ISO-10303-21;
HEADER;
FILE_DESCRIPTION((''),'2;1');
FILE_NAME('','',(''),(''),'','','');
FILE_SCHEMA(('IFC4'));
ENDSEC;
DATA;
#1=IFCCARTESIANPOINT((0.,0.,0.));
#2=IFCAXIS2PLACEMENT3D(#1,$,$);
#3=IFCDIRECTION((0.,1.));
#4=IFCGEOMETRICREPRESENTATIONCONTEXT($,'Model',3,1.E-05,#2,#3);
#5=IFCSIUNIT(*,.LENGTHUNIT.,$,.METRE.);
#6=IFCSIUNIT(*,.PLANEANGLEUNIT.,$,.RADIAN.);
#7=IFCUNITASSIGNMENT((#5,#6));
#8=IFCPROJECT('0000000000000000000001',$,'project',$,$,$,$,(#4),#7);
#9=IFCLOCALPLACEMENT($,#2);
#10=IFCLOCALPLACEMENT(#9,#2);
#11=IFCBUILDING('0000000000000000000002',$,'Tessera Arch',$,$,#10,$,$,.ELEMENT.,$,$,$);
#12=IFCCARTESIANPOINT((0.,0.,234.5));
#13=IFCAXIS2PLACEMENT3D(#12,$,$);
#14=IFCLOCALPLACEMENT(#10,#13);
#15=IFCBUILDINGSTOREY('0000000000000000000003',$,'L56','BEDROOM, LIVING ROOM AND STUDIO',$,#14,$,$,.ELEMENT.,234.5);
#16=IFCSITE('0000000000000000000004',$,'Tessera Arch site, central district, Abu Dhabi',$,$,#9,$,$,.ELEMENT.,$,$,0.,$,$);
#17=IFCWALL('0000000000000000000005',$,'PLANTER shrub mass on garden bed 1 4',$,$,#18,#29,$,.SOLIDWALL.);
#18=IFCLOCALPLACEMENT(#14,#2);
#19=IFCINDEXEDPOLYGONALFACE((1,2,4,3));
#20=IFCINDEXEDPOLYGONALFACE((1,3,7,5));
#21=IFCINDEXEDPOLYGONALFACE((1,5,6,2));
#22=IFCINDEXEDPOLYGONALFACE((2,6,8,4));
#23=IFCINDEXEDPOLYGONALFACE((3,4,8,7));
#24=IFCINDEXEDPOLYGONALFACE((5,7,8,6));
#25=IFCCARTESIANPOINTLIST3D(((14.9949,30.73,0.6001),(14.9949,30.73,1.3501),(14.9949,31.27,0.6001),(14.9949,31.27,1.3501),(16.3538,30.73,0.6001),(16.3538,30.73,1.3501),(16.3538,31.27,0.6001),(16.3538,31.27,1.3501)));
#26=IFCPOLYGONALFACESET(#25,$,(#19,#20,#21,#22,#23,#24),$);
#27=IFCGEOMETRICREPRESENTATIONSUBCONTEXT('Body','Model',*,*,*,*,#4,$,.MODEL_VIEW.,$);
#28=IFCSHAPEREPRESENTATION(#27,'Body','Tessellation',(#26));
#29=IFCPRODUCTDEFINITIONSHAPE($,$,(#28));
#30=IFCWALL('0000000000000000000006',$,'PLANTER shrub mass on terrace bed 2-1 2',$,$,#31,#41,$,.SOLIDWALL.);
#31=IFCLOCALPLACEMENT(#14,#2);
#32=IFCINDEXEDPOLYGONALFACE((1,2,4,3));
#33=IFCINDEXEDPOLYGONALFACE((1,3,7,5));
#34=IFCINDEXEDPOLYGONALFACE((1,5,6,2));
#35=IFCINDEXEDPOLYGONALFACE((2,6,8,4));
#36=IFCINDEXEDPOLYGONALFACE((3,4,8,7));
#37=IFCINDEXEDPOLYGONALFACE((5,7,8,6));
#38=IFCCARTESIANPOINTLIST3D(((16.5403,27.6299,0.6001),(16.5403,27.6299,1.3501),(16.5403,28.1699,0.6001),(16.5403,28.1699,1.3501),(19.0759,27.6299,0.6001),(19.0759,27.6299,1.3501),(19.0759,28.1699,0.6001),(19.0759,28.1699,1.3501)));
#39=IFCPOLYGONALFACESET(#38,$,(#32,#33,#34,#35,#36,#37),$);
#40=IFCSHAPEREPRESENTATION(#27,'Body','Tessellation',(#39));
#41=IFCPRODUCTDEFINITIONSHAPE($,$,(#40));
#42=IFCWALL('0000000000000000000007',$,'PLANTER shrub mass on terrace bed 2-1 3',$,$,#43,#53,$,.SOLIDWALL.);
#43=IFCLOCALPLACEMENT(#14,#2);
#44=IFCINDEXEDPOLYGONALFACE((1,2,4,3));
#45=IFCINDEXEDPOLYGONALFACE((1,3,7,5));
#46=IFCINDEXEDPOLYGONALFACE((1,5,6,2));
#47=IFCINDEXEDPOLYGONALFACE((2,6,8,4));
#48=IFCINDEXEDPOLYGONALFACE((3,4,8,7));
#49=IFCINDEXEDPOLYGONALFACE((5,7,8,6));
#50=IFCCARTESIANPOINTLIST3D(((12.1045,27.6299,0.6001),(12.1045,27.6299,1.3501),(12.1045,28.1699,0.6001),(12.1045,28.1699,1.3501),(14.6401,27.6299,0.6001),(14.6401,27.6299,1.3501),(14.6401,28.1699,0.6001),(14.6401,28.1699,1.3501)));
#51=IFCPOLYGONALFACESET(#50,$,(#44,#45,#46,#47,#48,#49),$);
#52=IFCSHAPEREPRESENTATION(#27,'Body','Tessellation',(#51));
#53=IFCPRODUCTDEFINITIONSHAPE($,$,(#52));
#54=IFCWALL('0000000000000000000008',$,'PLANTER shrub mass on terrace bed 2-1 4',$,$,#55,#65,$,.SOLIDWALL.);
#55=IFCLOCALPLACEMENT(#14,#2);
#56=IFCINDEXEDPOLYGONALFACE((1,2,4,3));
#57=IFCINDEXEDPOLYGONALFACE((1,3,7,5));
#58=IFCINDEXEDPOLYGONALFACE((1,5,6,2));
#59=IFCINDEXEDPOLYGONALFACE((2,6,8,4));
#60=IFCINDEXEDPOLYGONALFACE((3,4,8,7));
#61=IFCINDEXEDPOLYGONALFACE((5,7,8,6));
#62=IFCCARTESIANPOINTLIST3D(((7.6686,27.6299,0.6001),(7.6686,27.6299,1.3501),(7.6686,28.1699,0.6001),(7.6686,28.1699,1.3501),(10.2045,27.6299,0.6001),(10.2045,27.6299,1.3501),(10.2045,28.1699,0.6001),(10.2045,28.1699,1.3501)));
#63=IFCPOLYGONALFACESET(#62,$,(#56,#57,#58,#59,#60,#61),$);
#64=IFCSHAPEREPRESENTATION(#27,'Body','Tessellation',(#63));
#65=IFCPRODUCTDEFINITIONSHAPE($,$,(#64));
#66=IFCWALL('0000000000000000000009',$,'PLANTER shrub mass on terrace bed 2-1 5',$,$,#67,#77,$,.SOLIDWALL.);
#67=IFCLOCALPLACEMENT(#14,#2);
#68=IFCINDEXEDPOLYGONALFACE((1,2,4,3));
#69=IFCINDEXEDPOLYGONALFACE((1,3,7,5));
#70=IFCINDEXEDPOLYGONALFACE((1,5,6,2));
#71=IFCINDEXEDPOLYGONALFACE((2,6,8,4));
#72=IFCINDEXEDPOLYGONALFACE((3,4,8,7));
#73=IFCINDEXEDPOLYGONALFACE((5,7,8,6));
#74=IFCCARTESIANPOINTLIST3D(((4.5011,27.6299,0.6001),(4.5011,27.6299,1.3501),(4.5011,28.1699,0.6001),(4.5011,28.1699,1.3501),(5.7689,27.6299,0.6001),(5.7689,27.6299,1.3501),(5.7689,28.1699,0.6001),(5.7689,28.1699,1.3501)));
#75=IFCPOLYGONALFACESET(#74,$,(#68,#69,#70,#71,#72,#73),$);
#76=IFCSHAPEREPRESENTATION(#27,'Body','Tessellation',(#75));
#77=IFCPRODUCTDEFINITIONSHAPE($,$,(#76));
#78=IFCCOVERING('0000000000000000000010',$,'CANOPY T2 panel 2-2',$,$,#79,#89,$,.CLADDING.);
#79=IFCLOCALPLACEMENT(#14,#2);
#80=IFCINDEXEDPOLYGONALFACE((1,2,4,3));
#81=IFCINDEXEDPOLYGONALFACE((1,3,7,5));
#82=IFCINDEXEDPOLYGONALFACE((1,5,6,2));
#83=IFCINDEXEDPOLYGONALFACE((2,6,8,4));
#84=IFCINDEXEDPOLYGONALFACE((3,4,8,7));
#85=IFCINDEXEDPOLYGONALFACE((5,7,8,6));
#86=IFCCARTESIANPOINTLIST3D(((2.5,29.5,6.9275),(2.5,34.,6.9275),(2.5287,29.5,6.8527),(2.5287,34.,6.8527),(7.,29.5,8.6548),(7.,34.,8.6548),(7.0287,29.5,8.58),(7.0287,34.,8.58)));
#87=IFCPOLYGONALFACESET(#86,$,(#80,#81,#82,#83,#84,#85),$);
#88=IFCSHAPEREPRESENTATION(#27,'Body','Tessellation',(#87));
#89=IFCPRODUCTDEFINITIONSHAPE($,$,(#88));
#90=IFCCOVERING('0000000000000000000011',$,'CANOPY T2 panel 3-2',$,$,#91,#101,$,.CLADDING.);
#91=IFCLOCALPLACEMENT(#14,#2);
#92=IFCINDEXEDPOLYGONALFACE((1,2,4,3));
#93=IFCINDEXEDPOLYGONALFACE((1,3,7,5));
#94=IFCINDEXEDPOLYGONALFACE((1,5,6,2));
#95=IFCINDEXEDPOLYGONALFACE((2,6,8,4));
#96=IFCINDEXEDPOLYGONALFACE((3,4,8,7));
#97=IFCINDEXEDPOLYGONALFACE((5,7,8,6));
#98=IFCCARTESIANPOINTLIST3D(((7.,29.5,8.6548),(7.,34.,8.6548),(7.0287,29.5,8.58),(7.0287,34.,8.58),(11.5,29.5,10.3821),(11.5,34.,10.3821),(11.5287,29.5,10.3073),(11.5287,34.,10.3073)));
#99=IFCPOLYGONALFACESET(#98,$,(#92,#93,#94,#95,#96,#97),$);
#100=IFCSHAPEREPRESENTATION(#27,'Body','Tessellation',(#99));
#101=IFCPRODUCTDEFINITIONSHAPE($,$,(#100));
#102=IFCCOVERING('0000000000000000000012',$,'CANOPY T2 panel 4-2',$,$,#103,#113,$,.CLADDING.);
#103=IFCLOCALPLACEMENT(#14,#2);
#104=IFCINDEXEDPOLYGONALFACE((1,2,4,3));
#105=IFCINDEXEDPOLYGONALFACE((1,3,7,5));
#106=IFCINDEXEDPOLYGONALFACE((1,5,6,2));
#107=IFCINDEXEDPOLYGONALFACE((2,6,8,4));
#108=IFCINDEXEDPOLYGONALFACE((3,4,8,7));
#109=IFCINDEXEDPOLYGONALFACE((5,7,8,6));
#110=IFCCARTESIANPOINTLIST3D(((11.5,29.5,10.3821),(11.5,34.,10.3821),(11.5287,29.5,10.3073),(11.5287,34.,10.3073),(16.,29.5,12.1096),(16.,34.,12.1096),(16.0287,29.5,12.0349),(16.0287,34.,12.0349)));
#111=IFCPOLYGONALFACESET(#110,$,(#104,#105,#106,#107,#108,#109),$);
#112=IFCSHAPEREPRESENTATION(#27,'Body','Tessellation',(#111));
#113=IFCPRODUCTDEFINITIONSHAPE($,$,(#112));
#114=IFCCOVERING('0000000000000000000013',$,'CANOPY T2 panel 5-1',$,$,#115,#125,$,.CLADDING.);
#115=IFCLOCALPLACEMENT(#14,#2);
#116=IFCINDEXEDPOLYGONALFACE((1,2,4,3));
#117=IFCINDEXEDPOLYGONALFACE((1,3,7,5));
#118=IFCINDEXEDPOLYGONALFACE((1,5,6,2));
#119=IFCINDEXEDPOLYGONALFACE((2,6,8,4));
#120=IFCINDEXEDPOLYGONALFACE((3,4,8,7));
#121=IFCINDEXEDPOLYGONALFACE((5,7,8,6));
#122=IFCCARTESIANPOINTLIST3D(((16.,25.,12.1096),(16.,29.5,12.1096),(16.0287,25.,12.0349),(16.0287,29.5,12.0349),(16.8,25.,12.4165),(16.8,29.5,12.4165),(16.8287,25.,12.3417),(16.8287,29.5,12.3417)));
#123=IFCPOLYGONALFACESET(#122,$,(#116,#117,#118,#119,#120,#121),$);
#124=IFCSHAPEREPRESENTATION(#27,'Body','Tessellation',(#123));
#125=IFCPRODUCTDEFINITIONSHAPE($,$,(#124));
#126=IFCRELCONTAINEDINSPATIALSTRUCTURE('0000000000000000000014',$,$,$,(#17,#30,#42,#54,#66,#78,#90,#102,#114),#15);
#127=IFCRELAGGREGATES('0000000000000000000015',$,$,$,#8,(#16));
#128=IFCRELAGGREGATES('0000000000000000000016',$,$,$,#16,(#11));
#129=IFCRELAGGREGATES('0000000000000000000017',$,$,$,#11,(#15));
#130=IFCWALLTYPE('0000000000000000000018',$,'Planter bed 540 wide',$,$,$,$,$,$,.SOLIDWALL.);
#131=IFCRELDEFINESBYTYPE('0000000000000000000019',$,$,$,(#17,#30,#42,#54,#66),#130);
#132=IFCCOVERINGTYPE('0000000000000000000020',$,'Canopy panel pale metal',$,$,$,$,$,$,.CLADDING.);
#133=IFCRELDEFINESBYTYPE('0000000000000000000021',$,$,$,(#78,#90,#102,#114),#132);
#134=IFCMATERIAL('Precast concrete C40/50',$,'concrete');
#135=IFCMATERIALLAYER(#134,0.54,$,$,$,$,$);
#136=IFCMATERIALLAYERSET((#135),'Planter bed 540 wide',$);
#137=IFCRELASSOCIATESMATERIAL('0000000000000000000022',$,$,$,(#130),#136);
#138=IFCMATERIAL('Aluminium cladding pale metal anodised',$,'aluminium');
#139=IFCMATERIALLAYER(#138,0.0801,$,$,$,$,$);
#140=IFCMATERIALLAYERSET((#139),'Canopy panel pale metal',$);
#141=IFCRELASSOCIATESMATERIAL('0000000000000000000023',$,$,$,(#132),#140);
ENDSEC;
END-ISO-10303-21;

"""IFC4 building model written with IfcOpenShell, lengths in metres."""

from ifc_helpers import new_model, si_unit, direction, frame, frame_2d, origin, place, context, subcontext, project, spatial, polyline, rectangle, outline, extrude, material, layer, layer_set, type_object, element, save


model = new_model("IFC4")

# Units and contexts
model_context = context("Model", 3, precision=1e-05, world=origin(), true_north=direction((0.0, 1.0)))
body_context = subcontext(model_context, "Body", "Model", "MODEL_VIEW")
ifc_project = project(units=[si_unit("LENGTHUNIT", "METRE"), si_unit("PLANEANGLEUNIT", "RADIAN")], contexts=[model_context])

# Site, building, storey
site_placement = place(None, origin())
site = spatial("IfcSite", under=ifc_project, at=site_placement, Name="Tessera Arch site, central district, Abu Dhabi", CompositionType="ELEMENT", RefElevation=0.0)
building_placement = place(site_placement, origin())
building = spatial("IfcBuilding", under=site, at=building_placement, Name="Tessera Arch", CompositionType="ELEMENT")
storey_placement = place(building_placement, frame((0.0, 0.0, 234.5)))
storey = spatial("IfcBuildingStorey", under=building, at=storey_placement, Name="L56", Description="BEDROOM, LIVING ROOM AND STUDIO", CompositionType="ELEMENT", Elevation=234.5)

# Walls
ifc_material_1 = material(Name="Precast concrete C40/50", Category="concrete")
ifc_layer_1 = layer(ifc_material_1, 0.54)
ifc_layer_set_1 = layer_set([ifc_layer_1], Name="Planter bed 540 wide")
wall_type_1 = type_object("IfcWallType", Name="Planter bed 540 wide", PredefinedType="SOLIDWALL", material=ifc_layer_set_1)
wall_1_placement = place(storey_placement, frame((14.9949, 31.0, 0.6001), z_axis=(0.0, 0.0, 1.0), x_axis=(1.0, 0.0, 0.0)))
element("IfcWall", 1, at=wall_1_placement, inside=storey, type_object=wall_type_1, Name="PLANTER shrub mass on garden bed 1 4", PredefinedType="SOLIDWALL", context=body_context, shape_type="SweptSolid", body=[
    extrude(rectangle(XDim=1.3589, YDim=0.54, at=frame_2d((0.6794, 0.0))), origin(), (0.0, 0.0, 1.0), 0.75),
])
for number, where, z_axis, x_axis, name in (
    (2, (19.0759, 27.8999, 0.6001), (0.0, 0.0, 1.0), (-1.0, 0.0, 0.0), "PLANTER shrub mass on terrace bed 2-1 2"),
    (3, (14.6401, 27.8999, 0.6001), (0.0, 0.0, 1.0), (-1.0, 0.0, 0.0), "PLANTER shrub mass on terrace bed 2-1 3"),
):
    element("IfcWall", number, at=place(storey_placement, frame(where, z_axis=z_axis, x_axis=x_axis)), inside=storey, type_object=wall_type_1, Name=name, PredefinedType="SOLIDWALL", context=body_context, shape_type="SweptSolid", body=[
        extrude(rectangle(XDim=2.5356, YDim=0.54, at=frame_2d((1.2678, 0.0))), origin(), (0.0, 0.0, 1.0), 0.75),
    ])
wall_2_placement = place(storey_placement, frame((10.2046, 27.8999, 0.6001), z_axis=(0.0, 0.0, 1.0), x_axis=(-1.0, 0.0, 0.0)))
element("IfcWall", 4, at=wall_2_placement, inside=storey, type_object=wall_type_1, Name="PLANTER shrub mass on terrace bed 2-1 4", PredefinedType="SOLIDWALL", context=body_context, shape_type="SweptSolid", body=[
    extrude(rectangle(XDim=2.5359, YDim=0.54, at=frame_2d((1.2681, 0.0))), origin(), (0.0, 0.0, 1.0), 0.75),
])
wall_3_placement = place(storey_placement, frame((5.7688, 27.8999, 0.6001), z_axis=(0.0, 0.0, 1.0), x_axis=(-1.0, 0.0, 0.0)))
element("IfcWall", 5, at=wall_3_placement, inside=storey, type_object=wall_type_1, Name="PLANTER shrub mass on terrace bed 2-1 5", PredefinedType="SOLIDWALL", context=body_context, shape_type="SweptSolid", body=[
    extrude(rectangle(XDim=1.2678, YDim=0.54, at=frame_2d((0.6338, 0.0))), origin(), (0.0, 0.0, 1.0), 0.75),
])

# Coverings
ifc_material_2 = material(Name="Aluminium cladding pale metal anodised", Category="aluminium")
ifc_layer_2 = layer(ifc_material_2, 0.0801)
ifc_layer_set_2 = layer_set([ifc_layer_2], Name="Canopy panel pale metal")
covering_type = type_object("IfcCoveringType", Name="Canopy panel pale metal", PredefinedType="CLADDING", material=ifc_layer_set_2)
for number, where, z_axis, x_axis, name in (
    (6, (7.0, 29.5, 8.6548), (-0.358351, 0.0, 0.933587), (0.0, 1.0, 0.0), "CANOPY T2 panel 2-2"),
    (7, (11.5, 29.5, 10.3821), (-0.358351, 0.0, 0.933587), (0.0, 1.0, 0.0), "CANOPY T2 panel 3-2"),
):
    element("IfcCovering", number, at=place(storey_placement, frame(where, z_axis=z_axis, x_axis=x_axis)), inside=storey, type_object=covering_type, Name=name, PredefinedType="CLADDING", context=body_context, shape_type="SweptSolid", body=[
        extrude(outline(polyline([(0.0, 0.0), (4.5, 0.0), (4.5, 4.8201), (0.0, 4.8201), (0.0, 0.0)])), origin(), (0.0, 0.0, -1.0), 0.0801),
    ])
covering_1_placement = place(storey_placement, frame((16.0, 29.5, 12.1096), z_axis=(-0.358395, 0.0, 0.93357), x_axis=(0.0, 1.0, 0.0)))
element("IfcCovering", 8, at=covering_1_placement, inside=storey, type_object=covering_type, Name="CANOPY T2 panel 4-2", PredefinedType="CLADDING", context=body_context, shape_type="SweptSolid", body=[
    extrude(outline(polyline([(0.0, 0.0), (4.5, 0.0), (4.5, 4.8202), (0.0, 4.8202), (0.0, 0.0)])), origin(), (0.0, 0.0, -1.0), 0.0801),
])
covering_2_placement = place(storey_placement, frame((16.8, 29.5, 12.4165), z_axis=(-0.358139, 0.0, 0.933668), x_axis=(-0.933668, 0.0, -0.358139)))
element("IfcCovering", 9, at=covering_2_placement, inside=storey, type_object=covering_type, Name="CANOPY T2 panel 5-1", PredefinedType="CLADDING", context=body_context, shape_type="SweptSolid", body=[
    extrude(outline(polyline([(0.0, 0.0), (0.8569, 0.0), (0.8569, 4.5), (0.0, 4.5), (0.0, 0.0)])), origin(), (0.0, 0.0, -1.0), 0.0801),
])

save(model, "model.ifc")
